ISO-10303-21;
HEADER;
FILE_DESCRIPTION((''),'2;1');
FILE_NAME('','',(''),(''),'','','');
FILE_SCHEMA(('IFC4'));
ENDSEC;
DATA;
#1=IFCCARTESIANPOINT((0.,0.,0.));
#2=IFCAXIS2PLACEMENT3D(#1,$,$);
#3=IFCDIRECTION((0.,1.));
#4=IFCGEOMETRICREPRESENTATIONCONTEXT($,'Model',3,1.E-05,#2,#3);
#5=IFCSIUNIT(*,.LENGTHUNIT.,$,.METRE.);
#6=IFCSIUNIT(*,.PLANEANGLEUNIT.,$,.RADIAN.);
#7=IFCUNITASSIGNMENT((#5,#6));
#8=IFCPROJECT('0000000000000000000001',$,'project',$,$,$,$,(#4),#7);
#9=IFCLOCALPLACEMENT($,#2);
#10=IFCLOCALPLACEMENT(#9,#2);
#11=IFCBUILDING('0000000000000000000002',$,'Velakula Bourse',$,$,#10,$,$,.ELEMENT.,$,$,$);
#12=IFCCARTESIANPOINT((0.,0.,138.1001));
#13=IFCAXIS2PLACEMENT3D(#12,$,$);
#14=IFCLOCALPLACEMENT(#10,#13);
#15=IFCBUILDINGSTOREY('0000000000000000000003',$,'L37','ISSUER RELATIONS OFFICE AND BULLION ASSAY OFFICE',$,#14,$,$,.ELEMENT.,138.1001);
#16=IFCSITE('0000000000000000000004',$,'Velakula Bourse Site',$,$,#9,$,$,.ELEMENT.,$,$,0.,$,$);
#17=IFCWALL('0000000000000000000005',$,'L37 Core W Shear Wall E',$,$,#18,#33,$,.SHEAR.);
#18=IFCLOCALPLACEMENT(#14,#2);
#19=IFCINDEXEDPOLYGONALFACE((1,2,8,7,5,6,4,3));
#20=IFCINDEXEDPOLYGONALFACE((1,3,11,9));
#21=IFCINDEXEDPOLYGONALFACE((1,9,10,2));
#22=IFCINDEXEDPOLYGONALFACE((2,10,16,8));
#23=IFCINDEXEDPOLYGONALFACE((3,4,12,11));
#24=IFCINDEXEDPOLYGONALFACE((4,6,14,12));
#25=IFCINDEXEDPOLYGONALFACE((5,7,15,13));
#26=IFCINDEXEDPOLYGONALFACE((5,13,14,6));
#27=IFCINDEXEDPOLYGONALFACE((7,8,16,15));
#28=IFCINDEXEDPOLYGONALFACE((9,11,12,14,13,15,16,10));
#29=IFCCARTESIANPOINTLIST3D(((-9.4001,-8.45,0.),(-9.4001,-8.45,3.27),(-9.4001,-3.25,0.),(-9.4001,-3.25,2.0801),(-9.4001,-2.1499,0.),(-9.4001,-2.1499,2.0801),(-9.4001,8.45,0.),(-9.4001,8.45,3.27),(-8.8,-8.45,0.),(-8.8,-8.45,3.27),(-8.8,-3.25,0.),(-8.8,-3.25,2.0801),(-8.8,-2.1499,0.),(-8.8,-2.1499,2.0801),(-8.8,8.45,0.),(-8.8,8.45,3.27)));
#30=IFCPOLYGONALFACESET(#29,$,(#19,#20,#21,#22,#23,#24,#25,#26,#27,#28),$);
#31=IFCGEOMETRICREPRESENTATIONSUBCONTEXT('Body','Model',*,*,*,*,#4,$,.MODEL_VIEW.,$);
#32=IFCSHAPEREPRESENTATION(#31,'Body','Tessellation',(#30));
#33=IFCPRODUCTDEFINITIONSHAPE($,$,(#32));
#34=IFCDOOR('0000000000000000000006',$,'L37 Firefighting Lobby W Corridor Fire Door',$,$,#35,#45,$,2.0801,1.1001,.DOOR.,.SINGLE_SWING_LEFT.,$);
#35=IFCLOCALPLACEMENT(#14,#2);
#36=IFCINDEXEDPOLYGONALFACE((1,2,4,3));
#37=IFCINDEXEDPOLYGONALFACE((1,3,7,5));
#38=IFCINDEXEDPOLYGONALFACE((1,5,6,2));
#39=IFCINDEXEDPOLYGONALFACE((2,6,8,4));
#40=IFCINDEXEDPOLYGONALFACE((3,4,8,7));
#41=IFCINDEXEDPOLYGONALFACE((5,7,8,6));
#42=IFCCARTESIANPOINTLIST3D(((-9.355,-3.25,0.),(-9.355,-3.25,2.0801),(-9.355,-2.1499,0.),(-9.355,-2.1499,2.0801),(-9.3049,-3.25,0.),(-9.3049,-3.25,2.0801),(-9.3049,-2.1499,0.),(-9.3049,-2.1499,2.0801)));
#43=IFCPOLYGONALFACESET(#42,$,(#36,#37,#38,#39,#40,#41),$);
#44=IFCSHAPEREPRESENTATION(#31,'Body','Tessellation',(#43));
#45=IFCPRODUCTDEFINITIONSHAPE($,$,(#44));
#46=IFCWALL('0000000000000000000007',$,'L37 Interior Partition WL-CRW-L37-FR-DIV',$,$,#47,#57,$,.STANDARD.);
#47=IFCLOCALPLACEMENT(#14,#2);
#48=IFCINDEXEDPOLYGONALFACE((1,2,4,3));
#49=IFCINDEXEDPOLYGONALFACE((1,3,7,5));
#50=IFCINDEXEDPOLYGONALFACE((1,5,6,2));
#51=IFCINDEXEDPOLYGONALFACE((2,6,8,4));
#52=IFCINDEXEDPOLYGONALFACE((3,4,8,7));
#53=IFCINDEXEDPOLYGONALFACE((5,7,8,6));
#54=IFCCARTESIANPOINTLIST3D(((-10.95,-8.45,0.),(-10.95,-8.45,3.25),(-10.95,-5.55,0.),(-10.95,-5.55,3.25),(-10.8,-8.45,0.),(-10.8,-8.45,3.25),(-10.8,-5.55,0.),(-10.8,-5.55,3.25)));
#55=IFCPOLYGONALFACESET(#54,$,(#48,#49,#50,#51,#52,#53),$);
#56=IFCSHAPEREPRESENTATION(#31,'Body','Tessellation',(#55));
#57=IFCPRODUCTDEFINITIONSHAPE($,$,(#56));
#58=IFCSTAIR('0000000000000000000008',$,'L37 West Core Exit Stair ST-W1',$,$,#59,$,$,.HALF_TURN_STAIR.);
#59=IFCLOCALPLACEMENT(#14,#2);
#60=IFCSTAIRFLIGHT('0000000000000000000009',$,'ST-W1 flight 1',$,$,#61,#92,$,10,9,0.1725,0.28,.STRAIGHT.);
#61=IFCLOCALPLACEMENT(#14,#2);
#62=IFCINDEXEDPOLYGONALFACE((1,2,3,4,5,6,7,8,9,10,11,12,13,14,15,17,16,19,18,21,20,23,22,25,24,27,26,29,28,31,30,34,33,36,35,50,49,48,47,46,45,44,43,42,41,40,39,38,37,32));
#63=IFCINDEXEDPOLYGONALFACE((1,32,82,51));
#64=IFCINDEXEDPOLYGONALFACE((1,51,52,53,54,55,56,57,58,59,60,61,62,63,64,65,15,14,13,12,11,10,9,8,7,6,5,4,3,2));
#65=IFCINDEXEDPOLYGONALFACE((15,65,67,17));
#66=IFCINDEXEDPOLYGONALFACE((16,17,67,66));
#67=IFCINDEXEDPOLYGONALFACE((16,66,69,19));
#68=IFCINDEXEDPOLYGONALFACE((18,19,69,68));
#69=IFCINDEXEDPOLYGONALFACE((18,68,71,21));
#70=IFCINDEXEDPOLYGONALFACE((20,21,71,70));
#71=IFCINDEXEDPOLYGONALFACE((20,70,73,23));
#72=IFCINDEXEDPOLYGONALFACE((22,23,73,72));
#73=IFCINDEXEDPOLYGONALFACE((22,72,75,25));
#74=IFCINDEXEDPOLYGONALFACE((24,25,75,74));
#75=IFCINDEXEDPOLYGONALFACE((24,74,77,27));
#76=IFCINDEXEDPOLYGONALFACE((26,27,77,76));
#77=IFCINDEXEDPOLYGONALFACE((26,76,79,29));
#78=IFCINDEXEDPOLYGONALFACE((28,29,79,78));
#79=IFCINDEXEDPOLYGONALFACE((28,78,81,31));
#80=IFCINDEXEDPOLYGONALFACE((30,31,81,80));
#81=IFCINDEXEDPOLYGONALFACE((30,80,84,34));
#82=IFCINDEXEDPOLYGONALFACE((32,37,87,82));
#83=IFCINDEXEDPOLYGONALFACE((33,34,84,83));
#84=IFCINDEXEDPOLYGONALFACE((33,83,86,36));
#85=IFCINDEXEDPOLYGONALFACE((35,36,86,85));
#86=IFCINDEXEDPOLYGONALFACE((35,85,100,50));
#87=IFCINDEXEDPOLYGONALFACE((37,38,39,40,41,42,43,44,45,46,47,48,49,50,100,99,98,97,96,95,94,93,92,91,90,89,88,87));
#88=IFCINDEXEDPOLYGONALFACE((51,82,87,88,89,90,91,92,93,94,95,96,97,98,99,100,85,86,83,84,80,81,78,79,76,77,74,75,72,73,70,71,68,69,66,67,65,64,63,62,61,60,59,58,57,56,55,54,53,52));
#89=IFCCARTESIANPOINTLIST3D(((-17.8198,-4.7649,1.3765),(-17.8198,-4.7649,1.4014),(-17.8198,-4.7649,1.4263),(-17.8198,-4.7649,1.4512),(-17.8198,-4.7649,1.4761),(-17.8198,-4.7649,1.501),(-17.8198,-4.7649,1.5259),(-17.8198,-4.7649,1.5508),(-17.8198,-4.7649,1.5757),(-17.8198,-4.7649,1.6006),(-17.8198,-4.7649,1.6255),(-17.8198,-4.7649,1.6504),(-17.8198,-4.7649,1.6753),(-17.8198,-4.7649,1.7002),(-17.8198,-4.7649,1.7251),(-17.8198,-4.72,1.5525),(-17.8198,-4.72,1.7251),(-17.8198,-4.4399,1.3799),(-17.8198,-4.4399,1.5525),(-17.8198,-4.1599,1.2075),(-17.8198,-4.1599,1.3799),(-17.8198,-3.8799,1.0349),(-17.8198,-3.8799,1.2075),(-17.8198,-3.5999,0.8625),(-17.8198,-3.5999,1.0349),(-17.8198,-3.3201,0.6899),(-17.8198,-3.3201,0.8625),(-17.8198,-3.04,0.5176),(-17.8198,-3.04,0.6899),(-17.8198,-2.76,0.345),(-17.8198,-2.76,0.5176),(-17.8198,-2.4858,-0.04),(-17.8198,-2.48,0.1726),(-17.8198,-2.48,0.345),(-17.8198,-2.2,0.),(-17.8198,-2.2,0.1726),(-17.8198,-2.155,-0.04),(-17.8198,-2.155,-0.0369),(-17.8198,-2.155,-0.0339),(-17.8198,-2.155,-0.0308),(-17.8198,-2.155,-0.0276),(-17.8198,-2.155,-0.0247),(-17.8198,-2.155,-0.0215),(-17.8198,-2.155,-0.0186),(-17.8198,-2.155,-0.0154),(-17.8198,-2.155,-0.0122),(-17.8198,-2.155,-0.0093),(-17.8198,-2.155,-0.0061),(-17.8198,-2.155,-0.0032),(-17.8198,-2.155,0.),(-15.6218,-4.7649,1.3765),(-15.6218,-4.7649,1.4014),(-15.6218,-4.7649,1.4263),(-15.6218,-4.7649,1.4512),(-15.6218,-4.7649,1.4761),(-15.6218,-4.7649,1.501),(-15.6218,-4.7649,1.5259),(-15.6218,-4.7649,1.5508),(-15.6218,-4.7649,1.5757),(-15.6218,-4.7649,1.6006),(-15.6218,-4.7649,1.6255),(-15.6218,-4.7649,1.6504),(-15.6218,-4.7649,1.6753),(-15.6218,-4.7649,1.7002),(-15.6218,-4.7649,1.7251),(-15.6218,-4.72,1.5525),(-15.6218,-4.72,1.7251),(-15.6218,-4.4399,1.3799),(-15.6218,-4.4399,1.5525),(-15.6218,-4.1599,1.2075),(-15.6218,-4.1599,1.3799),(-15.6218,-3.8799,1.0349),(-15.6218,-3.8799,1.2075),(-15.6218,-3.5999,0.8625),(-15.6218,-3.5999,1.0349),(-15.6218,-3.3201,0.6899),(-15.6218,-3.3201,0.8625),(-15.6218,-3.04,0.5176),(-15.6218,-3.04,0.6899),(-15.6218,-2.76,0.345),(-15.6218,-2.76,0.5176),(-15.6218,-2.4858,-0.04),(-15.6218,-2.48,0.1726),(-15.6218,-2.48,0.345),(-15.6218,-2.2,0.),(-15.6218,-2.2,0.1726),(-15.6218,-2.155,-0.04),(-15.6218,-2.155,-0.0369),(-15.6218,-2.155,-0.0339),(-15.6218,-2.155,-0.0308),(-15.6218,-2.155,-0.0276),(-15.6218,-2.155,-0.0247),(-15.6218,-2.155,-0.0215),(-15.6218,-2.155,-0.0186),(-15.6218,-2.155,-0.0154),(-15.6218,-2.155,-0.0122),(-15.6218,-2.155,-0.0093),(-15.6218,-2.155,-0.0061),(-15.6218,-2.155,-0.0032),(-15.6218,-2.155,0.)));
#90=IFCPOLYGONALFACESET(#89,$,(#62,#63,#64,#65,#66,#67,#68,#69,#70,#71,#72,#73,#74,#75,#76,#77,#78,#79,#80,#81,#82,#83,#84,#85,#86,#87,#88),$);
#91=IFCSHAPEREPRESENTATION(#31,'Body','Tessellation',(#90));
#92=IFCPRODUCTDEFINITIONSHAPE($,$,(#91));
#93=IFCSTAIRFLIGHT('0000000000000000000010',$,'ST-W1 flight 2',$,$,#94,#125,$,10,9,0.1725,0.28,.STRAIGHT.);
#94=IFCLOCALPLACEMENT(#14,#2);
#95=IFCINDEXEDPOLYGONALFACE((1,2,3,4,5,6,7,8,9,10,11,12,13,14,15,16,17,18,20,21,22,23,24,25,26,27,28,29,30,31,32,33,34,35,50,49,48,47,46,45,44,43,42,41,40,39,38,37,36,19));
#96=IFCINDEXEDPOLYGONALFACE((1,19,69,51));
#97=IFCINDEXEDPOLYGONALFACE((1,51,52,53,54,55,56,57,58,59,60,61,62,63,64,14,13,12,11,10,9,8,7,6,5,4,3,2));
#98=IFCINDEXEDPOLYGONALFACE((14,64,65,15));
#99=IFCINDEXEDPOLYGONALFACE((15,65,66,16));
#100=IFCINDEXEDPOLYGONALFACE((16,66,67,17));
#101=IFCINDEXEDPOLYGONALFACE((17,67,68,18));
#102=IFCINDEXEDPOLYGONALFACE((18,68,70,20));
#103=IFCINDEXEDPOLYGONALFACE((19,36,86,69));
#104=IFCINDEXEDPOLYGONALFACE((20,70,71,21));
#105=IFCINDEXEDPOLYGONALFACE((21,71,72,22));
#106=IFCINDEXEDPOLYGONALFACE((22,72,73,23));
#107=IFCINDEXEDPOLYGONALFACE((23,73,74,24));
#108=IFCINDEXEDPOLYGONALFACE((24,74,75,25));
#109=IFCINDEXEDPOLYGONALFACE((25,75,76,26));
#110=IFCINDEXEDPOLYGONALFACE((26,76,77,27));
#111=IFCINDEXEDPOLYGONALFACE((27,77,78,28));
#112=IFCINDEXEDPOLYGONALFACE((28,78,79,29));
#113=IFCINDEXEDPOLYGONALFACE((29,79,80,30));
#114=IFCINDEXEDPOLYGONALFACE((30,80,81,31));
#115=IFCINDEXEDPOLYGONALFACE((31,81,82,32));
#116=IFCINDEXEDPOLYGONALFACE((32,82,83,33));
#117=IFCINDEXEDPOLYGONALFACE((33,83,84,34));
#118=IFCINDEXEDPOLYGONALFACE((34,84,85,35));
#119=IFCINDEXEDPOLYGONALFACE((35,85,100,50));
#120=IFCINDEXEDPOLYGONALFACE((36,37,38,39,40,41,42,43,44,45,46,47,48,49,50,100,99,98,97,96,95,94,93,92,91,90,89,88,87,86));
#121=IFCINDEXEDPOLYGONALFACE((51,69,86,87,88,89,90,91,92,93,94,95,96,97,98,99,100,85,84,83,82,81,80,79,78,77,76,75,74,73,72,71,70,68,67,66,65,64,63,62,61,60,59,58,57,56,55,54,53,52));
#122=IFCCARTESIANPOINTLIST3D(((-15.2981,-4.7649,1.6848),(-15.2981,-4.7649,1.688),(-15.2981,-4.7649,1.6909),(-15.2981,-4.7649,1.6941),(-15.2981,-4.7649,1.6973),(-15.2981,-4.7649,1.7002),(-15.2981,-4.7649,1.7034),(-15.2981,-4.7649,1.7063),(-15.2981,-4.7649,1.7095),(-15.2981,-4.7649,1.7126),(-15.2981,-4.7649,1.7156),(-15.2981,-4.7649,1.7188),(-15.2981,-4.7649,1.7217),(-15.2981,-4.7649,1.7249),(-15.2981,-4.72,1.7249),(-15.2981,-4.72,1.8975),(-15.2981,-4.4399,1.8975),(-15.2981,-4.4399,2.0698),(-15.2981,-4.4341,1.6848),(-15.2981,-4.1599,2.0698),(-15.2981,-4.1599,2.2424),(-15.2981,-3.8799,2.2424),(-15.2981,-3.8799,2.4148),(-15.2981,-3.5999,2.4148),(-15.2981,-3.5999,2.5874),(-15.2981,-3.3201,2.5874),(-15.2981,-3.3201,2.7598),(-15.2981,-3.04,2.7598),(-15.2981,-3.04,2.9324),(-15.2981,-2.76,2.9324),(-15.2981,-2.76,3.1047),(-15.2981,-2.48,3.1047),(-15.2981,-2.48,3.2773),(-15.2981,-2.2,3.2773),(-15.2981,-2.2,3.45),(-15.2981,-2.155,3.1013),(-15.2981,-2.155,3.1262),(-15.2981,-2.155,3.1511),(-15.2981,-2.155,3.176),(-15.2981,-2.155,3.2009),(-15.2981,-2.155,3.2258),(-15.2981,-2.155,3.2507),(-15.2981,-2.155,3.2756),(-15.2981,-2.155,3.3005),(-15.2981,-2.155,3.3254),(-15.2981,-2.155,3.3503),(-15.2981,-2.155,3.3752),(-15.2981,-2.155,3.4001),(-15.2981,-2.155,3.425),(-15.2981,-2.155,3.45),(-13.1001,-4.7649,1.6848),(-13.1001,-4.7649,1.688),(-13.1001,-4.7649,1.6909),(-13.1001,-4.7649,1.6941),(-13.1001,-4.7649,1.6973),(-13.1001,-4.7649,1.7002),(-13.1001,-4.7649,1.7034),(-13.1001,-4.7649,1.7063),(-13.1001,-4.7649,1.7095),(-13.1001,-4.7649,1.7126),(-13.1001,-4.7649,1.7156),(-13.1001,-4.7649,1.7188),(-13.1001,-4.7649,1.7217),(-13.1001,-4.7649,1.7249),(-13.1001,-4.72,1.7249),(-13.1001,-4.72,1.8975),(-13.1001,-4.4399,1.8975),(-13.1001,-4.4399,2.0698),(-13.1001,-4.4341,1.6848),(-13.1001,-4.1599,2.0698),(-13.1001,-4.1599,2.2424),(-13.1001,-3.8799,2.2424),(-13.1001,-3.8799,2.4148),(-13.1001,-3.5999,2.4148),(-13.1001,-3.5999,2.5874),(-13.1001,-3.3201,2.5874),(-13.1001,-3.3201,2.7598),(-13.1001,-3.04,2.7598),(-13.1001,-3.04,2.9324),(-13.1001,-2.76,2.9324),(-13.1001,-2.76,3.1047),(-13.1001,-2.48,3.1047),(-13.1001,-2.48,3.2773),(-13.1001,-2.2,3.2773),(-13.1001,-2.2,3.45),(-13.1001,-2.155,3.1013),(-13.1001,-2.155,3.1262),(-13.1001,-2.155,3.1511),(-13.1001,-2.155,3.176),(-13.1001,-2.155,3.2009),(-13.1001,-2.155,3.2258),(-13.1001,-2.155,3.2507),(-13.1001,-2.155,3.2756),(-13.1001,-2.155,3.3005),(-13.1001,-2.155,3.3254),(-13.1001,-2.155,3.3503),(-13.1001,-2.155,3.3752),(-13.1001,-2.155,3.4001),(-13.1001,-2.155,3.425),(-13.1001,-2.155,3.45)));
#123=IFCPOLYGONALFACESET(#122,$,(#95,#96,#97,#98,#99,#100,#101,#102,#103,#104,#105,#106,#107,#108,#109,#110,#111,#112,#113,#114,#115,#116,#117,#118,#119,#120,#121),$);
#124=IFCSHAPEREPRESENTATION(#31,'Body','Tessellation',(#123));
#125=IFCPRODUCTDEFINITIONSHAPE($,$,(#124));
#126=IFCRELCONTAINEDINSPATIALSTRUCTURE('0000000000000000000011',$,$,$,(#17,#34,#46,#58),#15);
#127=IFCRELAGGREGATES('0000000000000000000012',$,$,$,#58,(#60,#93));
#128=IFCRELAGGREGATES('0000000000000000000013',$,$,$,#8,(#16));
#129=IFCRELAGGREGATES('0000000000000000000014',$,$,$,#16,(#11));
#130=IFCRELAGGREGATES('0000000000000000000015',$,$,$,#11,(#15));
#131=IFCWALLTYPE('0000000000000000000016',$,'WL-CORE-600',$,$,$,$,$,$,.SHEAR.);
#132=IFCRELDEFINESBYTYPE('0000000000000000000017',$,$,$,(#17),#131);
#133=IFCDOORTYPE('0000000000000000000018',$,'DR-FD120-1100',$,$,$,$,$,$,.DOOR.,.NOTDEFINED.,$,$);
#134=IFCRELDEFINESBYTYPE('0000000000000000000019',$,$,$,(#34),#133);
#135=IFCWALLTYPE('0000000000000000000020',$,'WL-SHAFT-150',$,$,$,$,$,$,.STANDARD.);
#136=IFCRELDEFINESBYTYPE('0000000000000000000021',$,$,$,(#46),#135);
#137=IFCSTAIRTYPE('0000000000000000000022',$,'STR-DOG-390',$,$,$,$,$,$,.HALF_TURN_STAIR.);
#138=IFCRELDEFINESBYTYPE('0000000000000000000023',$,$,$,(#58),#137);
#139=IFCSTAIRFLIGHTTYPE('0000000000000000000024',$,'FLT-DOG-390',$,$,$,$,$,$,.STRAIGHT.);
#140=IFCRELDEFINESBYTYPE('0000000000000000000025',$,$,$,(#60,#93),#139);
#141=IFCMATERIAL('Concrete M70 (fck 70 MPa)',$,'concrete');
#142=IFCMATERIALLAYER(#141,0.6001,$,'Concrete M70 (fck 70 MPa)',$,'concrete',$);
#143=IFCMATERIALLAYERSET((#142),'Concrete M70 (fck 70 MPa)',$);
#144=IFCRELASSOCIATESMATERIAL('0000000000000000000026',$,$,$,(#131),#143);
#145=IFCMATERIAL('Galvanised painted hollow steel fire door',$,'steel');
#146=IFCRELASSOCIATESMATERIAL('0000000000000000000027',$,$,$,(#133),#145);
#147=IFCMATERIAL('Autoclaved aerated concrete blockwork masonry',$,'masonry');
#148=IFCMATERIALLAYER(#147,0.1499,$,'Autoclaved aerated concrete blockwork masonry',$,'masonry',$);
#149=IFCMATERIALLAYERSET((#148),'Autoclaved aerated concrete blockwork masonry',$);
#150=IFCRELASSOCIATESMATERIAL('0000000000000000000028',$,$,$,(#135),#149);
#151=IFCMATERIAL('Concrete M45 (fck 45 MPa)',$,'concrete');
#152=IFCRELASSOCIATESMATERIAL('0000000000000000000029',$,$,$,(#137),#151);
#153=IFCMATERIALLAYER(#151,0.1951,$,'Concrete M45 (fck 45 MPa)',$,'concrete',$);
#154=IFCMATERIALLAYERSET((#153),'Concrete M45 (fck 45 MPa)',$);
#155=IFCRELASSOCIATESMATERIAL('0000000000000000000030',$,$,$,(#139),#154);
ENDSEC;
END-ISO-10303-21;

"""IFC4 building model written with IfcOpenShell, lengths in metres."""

from ifc_helpers import new_model, si_unit, direction, frame, frame_2d, origin, place, context, subcontext, project, spatial, polyline, rectangle, outline, extrude, material, layer, layer_set, type_object, element, fill, aggregate, save


model = new_model("IFC4")

# Units and contexts
model_context = context("Model", 3, precision=1e-05, world=origin(), true_north=direction((0.0, 1.0)))
body_context = subcontext(model_context, "Body", "Model", "MODEL_VIEW")
ifc_project = project(units=[si_unit("LENGTHUNIT", "METRE"), si_unit("PLANEANGLEUNIT", "RADIAN")], contexts=[model_context])

# Site, building, storey
site_placement = place(None, origin())
site = spatial("IfcSite", under=ifc_project, at=site_placement, Name="Velakula Bourse Site", CompositionType="ELEMENT", RefElevation=0.0)
building_placement = place(site_placement, origin())
building = spatial("IfcBuilding", under=site, at=building_placement, Name="Velakula Bourse", CompositionType="ELEMENT")
storey_placement = place(building_placement, frame((0.0, 0.0, 138.1001)))
storey = spatial("IfcBuildingStorey", under=building, at=storey_placement, Name="L37", Description="ISSUER RELATIONS OFFICE AND BULLION ASSAY OFFICE", CompositionType="ELEMENT", Elevation=138.1001)

# Shared definitions
ifc_material_1 = material(Name="Concrete M70 (fck 70 MPa)", Category="concrete")

# Shared definitions
ifc_material_2 = material(Name="Galvanised painted hollow steel fire door", Category="steel")

# Shared definitions
ifc_layer_1 = layer(ifc_material_1, 0.6001, Name="Concrete M70 (fck 70 MPa)", Category="concrete")
ifc_layer_set_1 = layer_set([ifc_layer_1], Name="Concrete M70 (fck 70 MPa)")
wall_type_1 = type_object("IfcWallType", Name="WL-CORE-600", PredefinedType="SHEAR", material=ifc_layer_set_1)

# Wall, opening, door
wall_1_placement = place(storey_placement, frame((-9.1001, -8.45, 0.0), z_axis=(0.0, 0.0, 1.0), x_axis=(0.0, 1.0, 0.0)))
wall_1 = element("IfcWall", 1, at=wall_1_placement, inside=storey, type_object=wall_type_1, Name="L37 Core W Shear Wall E", PredefinedType="SHEAR", context=body_context, shape_type="SweptSolid", body=[
    extrude(rectangle(XDim=16.8999, YDim=0.6001, at=frame_2d((8.45, 0.0))), origin(), (0.0, 0.0, 1.0), 3.27),
])
opening_1_placement = place(wall_1_placement, frame((5.2, 0.0, 0.0)))
opening_1 = element("IfcOpeningElement", 2, at=opening_1_placement, cuts=wall_1, PredefinedType="OPENING", context=body_context, shape_type="SweptSolid", body=[
    extrude(rectangle(XDim=1.1001, YDim=2.0801, at=frame_2d((0.55, 1.04))), frame((0.0, 0.3101, 0.0), z_axis=(0.0, -1.0, 0.0), x_axis=(1.0, 0.0, 0.0)), (0.0, 0.0, 1.0), 0.6201),
])
door_type_1 = type_object("IfcDoorType", Name="DR-FD120-1100", OperationType="NOTDEFINED", PredefinedType="DOOR", material=ifc_material_2)
door_1_placement = place(opening_1_placement, origin())
door_1 = element("IfcDoor", 3, at=door_1_placement, inside=storey, type_object=door_type_1, Name="L37 Firefighting Lobby W Corridor Fire Door", OperationType="SINGLE_SWING_LEFT", OverallHeight=2.0801, OverallWidth=1.1001, PredefinedType="DOOR", context=body_context, shape_type="SweptSolid", body=[
    extrude(rectangle(XDim=1.1001, YDim=2.0801, at=frame_2d((0.55, 1.04))), frame((0.0, 0.2549, 0.0), z_axis=(0.0, -1.0, 0.0), x_axis=(1.0, 0.0, 0.0)), (0.0, 0.0, 1.0), 0.05),
])
fill(opening_1, door_1)

# Shared definitions
ifc_material_3 = material(Name="Autoclaved aerated concrete blockwork masonry", Category="masonry")
ifc_layer_2 = layer(ifc_material_3, 0.1499, Name="Autoclaved aerated concrete blockwork masonry", Category="masonry")
ifc_layer_set_2 = layer_set([ifc_layer_2], Name="Autoclaved aerated concrete blockwork masonry")
wall_type_2 = type_object("IfcWallType", Name="WL-SHAFT-150", PredefinedType="STANDARD", material=ifc_layer_set_2)

# Wall
wall_2_placement = place(storey_placement, frame((-10.875, -8.45, 0.0), z_axis=(0.0, 0.0, 1.0), x_axis=(0.0, 1.0, 0.0)))
element("IfcWall", 4, at=wall_2_placement, inside=storey, type_object=wall_type_2, Name="L37 Interior Partition WL-CRW-L37-FR-DIV", PredefinedType="STANDARD", context=body_context, shape_type="SweptSolid", body=[
    extrude(rectangle(XDim=2.8999, YDim=0.1499, at=frame_2d((1.45, 0.0))), origin(), (0.0, 0.0, 1.0), 3.25),
])

# Stair, stair flights
ifc_material_4 = material(Name="Concrete M45 (fck 45 MPa)", Category="concrete")
stair_type = type_object("IfcStairType", Name="STR-DOG-390", PredefinedType="HALF_TURN_STAIR", material=ifc_material_4)
stair_placement = place(storey_placement, origin())
stair = element("IfcStair", 5, at=stair_placement, inside=storey, type_object=stair_type, Name="L37 West Core Exit Stair ST-W1", PredefinedType="HALF_TURN_STAIR")
ifc_layer_3 = layer(ifc_material_4, 0.1951, Name="Concrete M45 (fck 45 MPa)", Category="concrete")
ifc_layer_set_3 = layer_set([ifc_layer_3], Name="Concrete M45 (fck 45 MPa)")
stair_flight_type = type_object("IfcStairFlightType", Name="FLT-DOG-390", PredefinedType="STRAIGHT", material=ifc_layer_set_3)
stair_flight_1_placement = place(storey_placement, frame((-16.7209, -2.2, 0.0), z_axis=(0.0, 0.0, 1.0), x_axis=(0.0, -1.0, 0.0)))
stair_flight_1 = element("IfcStairFlight", 6, at=stair_flight_1_placement, type_object=stair_flight_type, Name="ST-W1 flight 1", NumberOfRisers=10, NumberOfTreads=9, PredefinedType="STRAIGHT", RiserHeight=0.1725, TreadLength=0.28, context=body_context, shape_type="SweptSolid", body=[
    extrude(outline(polyline([(-0.0449, -0.04), (-0.0449, -0.0369), (-0.0449, -0.0339), (-0.0449, -0.0308), (-0.0449, -0.0276), (-0.0449, -0.0247), (-0.0449, -0.0215), (-0.0449, -0.0186), (-0.0449, -0.0154), (-0.0449, -0.0122), (-0.0449, -0.0093), (-0.0449, -0.0061), (-0.0449, -0.0032), (-0.0449, 0.0), (0.0, 0.0), (0.0, 0.1726), (0.28, 0.1726), (0.28, 0.345), (0.5601, 0.345), (0.5601, 0.5176), (0.8401, 0.5176), (0.8401, 0.6899), (1.1201, 0.6899), (1.1201, 0.8625), (1.3999, 0.8625), (1.3999, 1.0349), (1.6799, 1.0349), (1.6799, 1.2075), (1.96, 1.2075), (1.96, 1.3799), (2.24, 1.3799), (2.24, 1.5525), (2.52, 1.5525), (2.52, 1.7251), (2.5649, 1.7251), (2.5649, 1.7002), (2.5649, 1.6753), (2.5649, 1.6504), (2.5649, 1.6255), (2.5649, 1.6006), (2.5649, 1.5757), (2.5649, 1.5508), (2.5649, 1.5259), (2.5649, 1.501), (2.5649, 1.4761), (2.5649, 1.4512), (2.5649, 1.4263), (2.5649, 1.4014), (2.5649, 1.3765), (0.2859, -0.04), (-0.0449, -0.04)])), frame((0.0, 1.0991, 0.0), z_axis=(0.0, -1.0, 0.0), x_axis=(1.0, 0.0, 0.0)), (0.0, 0.0, 1.0), 2.198),
])
stair_flight_2_placement = place(storey_placement, frame((-14.199, -4.72, 1.7249), z_axis=(0.0, 0.0, 1.0), x_axis=(0.0, 1.0, 0.0)))
stair_flight_2 = element("IfcStairFlight", 7, at=stair_flight_2_placement, type_object=stair_flight_type, Name="ST-W1 flight 2", NumberOfRisers=10, NumberOfTreads=9, PredefinedType="STRAIGHT", RiserHeight=0.1725, TreadLength=0.28, context=body_context, shape_type="SweptSolid", body=[
    extrude(outline(polyline([(-0.0449, -0.04), (-0.0449, -0.0369), (-0.0449, -0.0339), (-0.0449, -0.0308), (-0.0449, -0.0276), (-0.0449, -0.0247), (-0.0449, -0.0215), (-0.0449, -0.0186), (-0.0449, -0.0154), (-0.0449, -0.0122), (-0.0449, -0.0093), (-0.0449, -0.0061), (-0.0449, -0.0032), (-0.0449, 0.0), (0.0, 0.0), (0.0, 0.1726), (0.28, 0.1726), (0.28, 0.345), (0.5601, 0.345), (0.5601, 0.5176), (0.8401, 0.5176), (0.8401, 0.6899), (1.1201, 0.6899), (1.1201, 0.8625), (1.3999, 0.8625), (1.3999, 1.0349), (1.6799, 1.0349), (1.6799, 1.2075), (1.96, 1.2075), (1.96, 1.3799), (2.24, 1.3799), (2.24, 1.5525), (2.52, 1.5525), (2.52, 1.7251), (2.5649, 1.7251), (2.5649, 1.7002), (2.5649, 1.6753), (2.5649, 1.6504), (2.5649, 1.6255), (2.5649, 1.6006), (2.5649, 1.5757), (2.5649, 1.5508), (2.5649, 1.5259), (2.5649, 1.501), (2.5649, 1.4761), (2.5649, 1.4512), (2.5649, 1.4263), (2.5649, 1.4014), (2.5649, 1.3765), (0.2859, -0.04), (-0.0449, -0.04)])), frame((0.0, 1.0991, 0.0), z_axis=(0.0, -1.0, 0.0), x_axis=(1.0, 0.0, 0.0)), (0.0, 0.0, 1.0), 2.198),
])
aggregate(stair, [stair_flight_1, stair_flight_2])

save(model, "model.ifc")
